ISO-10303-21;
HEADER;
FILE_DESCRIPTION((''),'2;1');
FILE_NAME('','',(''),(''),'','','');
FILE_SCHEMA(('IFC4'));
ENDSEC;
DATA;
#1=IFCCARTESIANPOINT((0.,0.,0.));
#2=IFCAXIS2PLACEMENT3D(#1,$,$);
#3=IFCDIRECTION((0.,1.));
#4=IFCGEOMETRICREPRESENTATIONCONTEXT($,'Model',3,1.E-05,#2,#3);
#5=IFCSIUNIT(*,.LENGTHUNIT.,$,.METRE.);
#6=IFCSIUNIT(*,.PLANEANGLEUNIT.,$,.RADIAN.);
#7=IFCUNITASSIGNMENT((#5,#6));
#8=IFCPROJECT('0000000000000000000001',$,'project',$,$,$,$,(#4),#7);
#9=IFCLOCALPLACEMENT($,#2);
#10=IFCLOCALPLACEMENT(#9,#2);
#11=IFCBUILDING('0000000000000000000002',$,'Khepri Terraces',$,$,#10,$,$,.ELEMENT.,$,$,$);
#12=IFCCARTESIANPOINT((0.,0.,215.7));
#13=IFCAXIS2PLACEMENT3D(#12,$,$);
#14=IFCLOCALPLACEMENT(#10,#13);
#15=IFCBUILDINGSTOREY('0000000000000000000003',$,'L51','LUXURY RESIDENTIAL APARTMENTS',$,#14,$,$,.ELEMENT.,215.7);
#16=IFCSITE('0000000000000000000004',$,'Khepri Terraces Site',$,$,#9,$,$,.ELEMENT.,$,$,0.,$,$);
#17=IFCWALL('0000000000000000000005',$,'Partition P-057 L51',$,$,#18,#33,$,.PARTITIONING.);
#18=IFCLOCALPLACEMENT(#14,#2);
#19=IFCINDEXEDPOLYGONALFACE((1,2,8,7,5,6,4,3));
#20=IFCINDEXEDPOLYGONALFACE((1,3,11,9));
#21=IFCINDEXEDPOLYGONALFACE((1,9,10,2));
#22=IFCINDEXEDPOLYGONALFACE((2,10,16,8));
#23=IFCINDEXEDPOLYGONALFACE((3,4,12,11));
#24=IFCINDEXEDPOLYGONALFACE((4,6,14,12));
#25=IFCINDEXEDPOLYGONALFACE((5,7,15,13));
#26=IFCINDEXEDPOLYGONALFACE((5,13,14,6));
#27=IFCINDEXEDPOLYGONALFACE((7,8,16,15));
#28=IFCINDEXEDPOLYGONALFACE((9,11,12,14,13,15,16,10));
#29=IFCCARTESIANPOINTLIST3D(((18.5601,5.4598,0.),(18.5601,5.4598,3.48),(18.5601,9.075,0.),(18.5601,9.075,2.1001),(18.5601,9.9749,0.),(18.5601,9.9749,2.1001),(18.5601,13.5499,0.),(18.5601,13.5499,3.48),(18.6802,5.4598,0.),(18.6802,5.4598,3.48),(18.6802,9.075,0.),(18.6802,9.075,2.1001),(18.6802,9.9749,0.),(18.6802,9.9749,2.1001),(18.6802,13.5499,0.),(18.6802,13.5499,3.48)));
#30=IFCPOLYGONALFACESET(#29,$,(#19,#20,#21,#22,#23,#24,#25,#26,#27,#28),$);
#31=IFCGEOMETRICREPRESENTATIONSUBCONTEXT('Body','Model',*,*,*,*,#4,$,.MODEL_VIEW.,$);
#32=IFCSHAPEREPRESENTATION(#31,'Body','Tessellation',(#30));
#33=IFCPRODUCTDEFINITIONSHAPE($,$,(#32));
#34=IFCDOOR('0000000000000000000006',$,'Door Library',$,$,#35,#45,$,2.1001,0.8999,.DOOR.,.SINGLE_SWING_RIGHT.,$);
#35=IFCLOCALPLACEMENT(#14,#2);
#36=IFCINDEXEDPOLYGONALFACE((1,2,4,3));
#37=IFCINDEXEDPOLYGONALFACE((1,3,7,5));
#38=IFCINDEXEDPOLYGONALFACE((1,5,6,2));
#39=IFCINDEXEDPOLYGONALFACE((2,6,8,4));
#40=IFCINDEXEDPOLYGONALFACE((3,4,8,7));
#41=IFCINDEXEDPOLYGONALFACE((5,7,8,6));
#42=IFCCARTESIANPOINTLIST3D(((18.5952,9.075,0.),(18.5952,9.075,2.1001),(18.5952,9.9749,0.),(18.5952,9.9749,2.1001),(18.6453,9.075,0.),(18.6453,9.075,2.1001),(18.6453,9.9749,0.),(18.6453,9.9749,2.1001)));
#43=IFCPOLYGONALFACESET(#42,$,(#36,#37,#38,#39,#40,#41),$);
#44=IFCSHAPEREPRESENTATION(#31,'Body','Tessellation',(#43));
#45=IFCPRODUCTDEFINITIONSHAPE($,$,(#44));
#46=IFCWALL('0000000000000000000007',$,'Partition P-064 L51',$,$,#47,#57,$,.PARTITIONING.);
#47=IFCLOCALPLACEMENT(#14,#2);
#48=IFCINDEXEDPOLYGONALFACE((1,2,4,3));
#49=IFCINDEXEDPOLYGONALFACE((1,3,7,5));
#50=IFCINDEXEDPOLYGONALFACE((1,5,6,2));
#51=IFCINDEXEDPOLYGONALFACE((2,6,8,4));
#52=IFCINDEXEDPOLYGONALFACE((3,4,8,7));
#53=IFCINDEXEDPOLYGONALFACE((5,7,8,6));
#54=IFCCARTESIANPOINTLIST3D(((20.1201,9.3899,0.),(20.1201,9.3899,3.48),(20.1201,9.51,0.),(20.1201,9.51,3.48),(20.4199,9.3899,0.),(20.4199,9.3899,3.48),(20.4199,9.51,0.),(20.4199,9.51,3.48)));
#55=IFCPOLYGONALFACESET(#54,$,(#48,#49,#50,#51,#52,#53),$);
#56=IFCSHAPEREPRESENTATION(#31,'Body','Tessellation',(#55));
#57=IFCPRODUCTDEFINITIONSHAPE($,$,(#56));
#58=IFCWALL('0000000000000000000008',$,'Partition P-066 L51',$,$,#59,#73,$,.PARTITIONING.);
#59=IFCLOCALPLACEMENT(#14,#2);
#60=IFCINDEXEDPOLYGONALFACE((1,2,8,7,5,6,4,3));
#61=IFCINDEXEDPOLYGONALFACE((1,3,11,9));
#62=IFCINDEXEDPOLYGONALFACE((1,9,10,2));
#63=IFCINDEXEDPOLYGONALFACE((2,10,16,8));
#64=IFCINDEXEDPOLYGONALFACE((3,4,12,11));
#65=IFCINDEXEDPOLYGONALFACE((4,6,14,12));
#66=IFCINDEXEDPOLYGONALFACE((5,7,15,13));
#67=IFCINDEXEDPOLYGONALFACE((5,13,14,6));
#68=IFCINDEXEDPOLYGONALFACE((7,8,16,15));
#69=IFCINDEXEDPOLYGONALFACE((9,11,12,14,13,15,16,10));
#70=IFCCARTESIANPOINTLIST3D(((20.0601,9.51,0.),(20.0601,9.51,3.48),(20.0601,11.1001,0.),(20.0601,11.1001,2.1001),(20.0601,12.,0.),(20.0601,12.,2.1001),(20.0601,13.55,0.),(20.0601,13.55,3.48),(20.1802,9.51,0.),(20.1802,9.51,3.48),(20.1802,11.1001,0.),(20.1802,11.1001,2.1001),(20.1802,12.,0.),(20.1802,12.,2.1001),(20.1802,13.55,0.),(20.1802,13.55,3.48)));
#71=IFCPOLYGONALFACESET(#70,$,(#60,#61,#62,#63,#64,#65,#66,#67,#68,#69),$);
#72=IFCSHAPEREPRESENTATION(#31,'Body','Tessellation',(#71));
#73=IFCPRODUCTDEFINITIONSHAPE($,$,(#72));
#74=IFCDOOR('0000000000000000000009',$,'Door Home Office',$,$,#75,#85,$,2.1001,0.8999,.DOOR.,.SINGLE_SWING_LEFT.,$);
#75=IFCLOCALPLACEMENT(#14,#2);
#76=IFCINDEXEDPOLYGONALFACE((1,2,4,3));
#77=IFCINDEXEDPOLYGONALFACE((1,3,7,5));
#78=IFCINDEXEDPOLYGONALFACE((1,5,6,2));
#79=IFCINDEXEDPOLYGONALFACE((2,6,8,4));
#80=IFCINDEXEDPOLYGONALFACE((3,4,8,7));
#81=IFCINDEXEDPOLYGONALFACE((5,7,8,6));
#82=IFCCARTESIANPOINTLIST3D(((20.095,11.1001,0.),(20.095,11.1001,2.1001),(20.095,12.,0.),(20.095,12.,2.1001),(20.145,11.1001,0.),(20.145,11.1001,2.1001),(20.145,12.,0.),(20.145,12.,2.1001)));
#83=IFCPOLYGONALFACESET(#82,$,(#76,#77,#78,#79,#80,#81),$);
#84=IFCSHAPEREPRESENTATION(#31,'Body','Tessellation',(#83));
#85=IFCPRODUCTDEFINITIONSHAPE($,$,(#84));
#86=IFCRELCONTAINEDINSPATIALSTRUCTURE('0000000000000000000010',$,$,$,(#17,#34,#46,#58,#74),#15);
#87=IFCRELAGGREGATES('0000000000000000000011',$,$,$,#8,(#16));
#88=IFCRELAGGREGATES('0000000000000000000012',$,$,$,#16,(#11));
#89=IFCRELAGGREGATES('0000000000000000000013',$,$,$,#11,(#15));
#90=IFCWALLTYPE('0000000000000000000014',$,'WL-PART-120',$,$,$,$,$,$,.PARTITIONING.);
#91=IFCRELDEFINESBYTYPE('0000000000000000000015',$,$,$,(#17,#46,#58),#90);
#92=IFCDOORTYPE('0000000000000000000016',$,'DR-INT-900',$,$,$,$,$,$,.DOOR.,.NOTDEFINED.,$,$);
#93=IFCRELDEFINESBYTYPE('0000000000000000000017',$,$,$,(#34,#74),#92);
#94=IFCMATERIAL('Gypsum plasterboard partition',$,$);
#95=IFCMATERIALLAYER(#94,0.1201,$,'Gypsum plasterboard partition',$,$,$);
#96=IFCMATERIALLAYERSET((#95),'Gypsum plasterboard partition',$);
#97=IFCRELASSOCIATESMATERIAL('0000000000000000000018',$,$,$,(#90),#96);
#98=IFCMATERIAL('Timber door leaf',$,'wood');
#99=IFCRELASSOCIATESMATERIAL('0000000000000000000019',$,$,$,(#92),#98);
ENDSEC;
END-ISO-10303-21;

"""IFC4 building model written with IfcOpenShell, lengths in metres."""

from ifc_helpers import new_model, si_unit, direction, frame, frame_2d, origin, place, context, subcontext, project, spatial, rectangle, extrude, material, layer, layer_set, type_object, element, fill, save


model = new_model("IFC4")

# Units and contexts
model_context = context("Model", 3, precision=1e-05, world=origin(), true_north=direction((0.0, 1.0)))
body_context = subcontext(model_context, "Body", "Model", "MODEL_VIEW")
ifc_project = project(units=[si_unit("LENGTHUNIT", "METRE"), si_unit("PLANEANGLEUNIT", "RADIAN")], contexts=[model_context])

# Site, building, storey
site_placement = place(None, origin())
site = spatial("IfcSite", under=ifc_project, at=site_placement, Name="Khepri Terraces Site", CompositionType="ELEMENT", RefElevation=0.0)
building_placement = place(site_placement, origin())
building = spatial("IfcBuilding", under=site, at=building_placement, Name="Khepri Terraces", CompositionType="ELEMENT")
storey_placement = place(building_placement, frame((0.0, 0.0, 215.7)))
storey = spatial("IfcBuildingStorey", under=building, at=storey_placement, Name="L51", Description="LUXURY RESIDENTIAL APARTMENTS", CompositionType="ELEMENT", Elevation=215.7)

# Shared definitions
ifc_material_1 = material(Name="Gypsum plasterboard partition")
ifc_layer_1 = layer(ifc_material_1, 0.1201, Name="Gypsum plasterboard partition")
ifc_layer_set_1 = layer_set([ifc_layer_1], Name="Gypsum plasterboard partition")
wall_type_1 = type_object("IfcWallType", Name="WL-PART-120", PredefinedType="PARTITIONING", material=ifc_layer_set_1)

# Wall, opening, door
wall_1_placement = place(storey_placement, frame((18.6201, 5.46, 0.0), z_axis=(0.0, 0.0, 1.0), x_axis=(0.0, 1.0, 0.0)))
wall_1 = element("IfcWall", 1, at=wall_1_placement, inside=storey, type_object=wall_type_1, Name="Partition P-057 L51", PredefinedType="PARTITIONING", context=body_context, shape_type="SweptSolid", body=[
    extrude(rectangle(XDim=8.0901, YDim=0.1201, at=frame_2d((4.0449, 0.0))), origin(), (0.0, 0.0, 1.0), 3.48),
])
opening_1_placement = place(wall_1_placement, frame((3.615, 0.0, 0.0)))
opening_1 = element("IfcOpeningElement", 2, at=opening_1_placement, cuts=wall_1, PredefinedType="OPENING", context=body_context, shape_type="SweptSolid", body=[
    extrude(rectangle(XDim=0.8999, YDim=2.1001, at=frame_2d((0.45, 1.05))), frame((0.0, 0.0701, 0.0), z_axis=(0.0, -1.0, 0.0), x_axis=(1.0, 0.0, 0.0)), (0.0, 0.0, 1.0), 0.1401),
])
ifc_material_2 = material(Name="Timber door leaf", Category="wood")
door_type_1 = type_object("IfcDoorType", Name="DR-INT-900", OperationType="NOTDEFINED", PredefinedType="DOOR", material=ifc_material_2)
door_1_placement = place(opening_1_placement, origin())
door_1 = element("IfcDoor", 3, at=door_1_placement, inside=storey, type_object=door_type_1, Name="Door Library", OperationType="SINGLE_SWING_RIGHT", OverallHeight=2.1001, OverallWidth=0.8999, PredefinedType="DOOR", context=body_context, shape_type="SweptSolid", body=[
    extrude(rectangle(XDim=0.8999, YDim=2.1001, at=frame_2d((0.45, 1.05))), frame((0.0, 0.0249, 0.0), z_axis=(0.0, -1.0, 0.0), x_axis=(1.0, 0.0, 0.0)), (0.0, 0.0, 1.0), 0.05),
])
fill(opening_1, door_1)

# Wall
wall_2_placement = place(storey_placement, frame((20.1201, 9.45, 0.0), z_axis=(0.0, 0.0, 1.0), x_axis=(1.0, 0.0, 0.0)))
element("IfcWall", 4, at=wall_2_placement, inside=storey, type_object=wall_type_1, Name="Partition P-064 L51", PredefinedType="PARTITIONING", context=body_context, shape_type="SweptSolid", body=[
    extrude(rectangle(XDim=0.2998, YDim=0.1201, at=frame_2d((0.1499, 0.0))), origin(), (0.0, 0.0, 1.0), 3.48),
])

# Wall, opening, door
wall_3_placement = place(storey_placement, frame((20.1201, 9.51, 0.0), z_axis=(0.0, 0.0, 1.0), x_axis=(0.0, 1.0, 0.0)))
wall_3 = element("IfcWall", 5, at=wall_3_placement, inside=storey, type_object=wall_type_1, Name="Partition P-066 L51", PredefinedType="PARTITIONING", context=body_context, shape_type="SweptSolid", body=[
    extrude(rectangle(XDim=4.04, YDim=0.1201, at=frame_2d((2.02, 0.0))), origin(), (0.0, 0.0, 1.0), 3.48),
])
opening_2_placement = place(wall_3_placement, frame((1.5901, 0.0, 0.0)))
opening_2 = element("IfcOpeningElement", 6, at=opening_2_placement, cuts=wall_3, PredefinedType="OPENING", context=body_context, shape_type="SweptSolid", body=[
    extrude(rectangle(XDim=0.8999, YDim=2.1001, at=frame_2d((0.45, 1.05))), frame((0.0, 0.0701, 0.0), z_axis=(0.0, -1.0, 0.0), x_axis=(1.0, 0.0, 0.0)), (0.0, 0.0, 1.0), 0.1401),
])
door_2_placement = place(opening_2_placement, frame((0.8999, 0.0, 0.0), z_axis=(0.0, 0.0, 1.0), x_axis=(-1.0, 0.0, 0.0)))
door_2 = element("IfcDoor", 7, at=door_2_placement, inside=storey, type_object=door_type_1, Name="Door Home Office", OperationType="SINGLE_SWING_LEFT", OverallHeight=2.1001, OverallWidth=0.8999, PredefinedType="DOOR", context=body_context, shape_type="SweptSolid", body=[
    extrude(rectangle(XDim=0.8999, YDim=2.1001, at=frame_2d((0.45, 1.05))), frame((0.0, 0.0249, 0.0), z_axis=(0.0, -1.0, 0.0), x_axis=(1.0, 0.0, 0.0)), (0.0, 0.0, 1.0), 0.05),
])
fill(opening_2, door_2)

save(model, "model.ifc")
